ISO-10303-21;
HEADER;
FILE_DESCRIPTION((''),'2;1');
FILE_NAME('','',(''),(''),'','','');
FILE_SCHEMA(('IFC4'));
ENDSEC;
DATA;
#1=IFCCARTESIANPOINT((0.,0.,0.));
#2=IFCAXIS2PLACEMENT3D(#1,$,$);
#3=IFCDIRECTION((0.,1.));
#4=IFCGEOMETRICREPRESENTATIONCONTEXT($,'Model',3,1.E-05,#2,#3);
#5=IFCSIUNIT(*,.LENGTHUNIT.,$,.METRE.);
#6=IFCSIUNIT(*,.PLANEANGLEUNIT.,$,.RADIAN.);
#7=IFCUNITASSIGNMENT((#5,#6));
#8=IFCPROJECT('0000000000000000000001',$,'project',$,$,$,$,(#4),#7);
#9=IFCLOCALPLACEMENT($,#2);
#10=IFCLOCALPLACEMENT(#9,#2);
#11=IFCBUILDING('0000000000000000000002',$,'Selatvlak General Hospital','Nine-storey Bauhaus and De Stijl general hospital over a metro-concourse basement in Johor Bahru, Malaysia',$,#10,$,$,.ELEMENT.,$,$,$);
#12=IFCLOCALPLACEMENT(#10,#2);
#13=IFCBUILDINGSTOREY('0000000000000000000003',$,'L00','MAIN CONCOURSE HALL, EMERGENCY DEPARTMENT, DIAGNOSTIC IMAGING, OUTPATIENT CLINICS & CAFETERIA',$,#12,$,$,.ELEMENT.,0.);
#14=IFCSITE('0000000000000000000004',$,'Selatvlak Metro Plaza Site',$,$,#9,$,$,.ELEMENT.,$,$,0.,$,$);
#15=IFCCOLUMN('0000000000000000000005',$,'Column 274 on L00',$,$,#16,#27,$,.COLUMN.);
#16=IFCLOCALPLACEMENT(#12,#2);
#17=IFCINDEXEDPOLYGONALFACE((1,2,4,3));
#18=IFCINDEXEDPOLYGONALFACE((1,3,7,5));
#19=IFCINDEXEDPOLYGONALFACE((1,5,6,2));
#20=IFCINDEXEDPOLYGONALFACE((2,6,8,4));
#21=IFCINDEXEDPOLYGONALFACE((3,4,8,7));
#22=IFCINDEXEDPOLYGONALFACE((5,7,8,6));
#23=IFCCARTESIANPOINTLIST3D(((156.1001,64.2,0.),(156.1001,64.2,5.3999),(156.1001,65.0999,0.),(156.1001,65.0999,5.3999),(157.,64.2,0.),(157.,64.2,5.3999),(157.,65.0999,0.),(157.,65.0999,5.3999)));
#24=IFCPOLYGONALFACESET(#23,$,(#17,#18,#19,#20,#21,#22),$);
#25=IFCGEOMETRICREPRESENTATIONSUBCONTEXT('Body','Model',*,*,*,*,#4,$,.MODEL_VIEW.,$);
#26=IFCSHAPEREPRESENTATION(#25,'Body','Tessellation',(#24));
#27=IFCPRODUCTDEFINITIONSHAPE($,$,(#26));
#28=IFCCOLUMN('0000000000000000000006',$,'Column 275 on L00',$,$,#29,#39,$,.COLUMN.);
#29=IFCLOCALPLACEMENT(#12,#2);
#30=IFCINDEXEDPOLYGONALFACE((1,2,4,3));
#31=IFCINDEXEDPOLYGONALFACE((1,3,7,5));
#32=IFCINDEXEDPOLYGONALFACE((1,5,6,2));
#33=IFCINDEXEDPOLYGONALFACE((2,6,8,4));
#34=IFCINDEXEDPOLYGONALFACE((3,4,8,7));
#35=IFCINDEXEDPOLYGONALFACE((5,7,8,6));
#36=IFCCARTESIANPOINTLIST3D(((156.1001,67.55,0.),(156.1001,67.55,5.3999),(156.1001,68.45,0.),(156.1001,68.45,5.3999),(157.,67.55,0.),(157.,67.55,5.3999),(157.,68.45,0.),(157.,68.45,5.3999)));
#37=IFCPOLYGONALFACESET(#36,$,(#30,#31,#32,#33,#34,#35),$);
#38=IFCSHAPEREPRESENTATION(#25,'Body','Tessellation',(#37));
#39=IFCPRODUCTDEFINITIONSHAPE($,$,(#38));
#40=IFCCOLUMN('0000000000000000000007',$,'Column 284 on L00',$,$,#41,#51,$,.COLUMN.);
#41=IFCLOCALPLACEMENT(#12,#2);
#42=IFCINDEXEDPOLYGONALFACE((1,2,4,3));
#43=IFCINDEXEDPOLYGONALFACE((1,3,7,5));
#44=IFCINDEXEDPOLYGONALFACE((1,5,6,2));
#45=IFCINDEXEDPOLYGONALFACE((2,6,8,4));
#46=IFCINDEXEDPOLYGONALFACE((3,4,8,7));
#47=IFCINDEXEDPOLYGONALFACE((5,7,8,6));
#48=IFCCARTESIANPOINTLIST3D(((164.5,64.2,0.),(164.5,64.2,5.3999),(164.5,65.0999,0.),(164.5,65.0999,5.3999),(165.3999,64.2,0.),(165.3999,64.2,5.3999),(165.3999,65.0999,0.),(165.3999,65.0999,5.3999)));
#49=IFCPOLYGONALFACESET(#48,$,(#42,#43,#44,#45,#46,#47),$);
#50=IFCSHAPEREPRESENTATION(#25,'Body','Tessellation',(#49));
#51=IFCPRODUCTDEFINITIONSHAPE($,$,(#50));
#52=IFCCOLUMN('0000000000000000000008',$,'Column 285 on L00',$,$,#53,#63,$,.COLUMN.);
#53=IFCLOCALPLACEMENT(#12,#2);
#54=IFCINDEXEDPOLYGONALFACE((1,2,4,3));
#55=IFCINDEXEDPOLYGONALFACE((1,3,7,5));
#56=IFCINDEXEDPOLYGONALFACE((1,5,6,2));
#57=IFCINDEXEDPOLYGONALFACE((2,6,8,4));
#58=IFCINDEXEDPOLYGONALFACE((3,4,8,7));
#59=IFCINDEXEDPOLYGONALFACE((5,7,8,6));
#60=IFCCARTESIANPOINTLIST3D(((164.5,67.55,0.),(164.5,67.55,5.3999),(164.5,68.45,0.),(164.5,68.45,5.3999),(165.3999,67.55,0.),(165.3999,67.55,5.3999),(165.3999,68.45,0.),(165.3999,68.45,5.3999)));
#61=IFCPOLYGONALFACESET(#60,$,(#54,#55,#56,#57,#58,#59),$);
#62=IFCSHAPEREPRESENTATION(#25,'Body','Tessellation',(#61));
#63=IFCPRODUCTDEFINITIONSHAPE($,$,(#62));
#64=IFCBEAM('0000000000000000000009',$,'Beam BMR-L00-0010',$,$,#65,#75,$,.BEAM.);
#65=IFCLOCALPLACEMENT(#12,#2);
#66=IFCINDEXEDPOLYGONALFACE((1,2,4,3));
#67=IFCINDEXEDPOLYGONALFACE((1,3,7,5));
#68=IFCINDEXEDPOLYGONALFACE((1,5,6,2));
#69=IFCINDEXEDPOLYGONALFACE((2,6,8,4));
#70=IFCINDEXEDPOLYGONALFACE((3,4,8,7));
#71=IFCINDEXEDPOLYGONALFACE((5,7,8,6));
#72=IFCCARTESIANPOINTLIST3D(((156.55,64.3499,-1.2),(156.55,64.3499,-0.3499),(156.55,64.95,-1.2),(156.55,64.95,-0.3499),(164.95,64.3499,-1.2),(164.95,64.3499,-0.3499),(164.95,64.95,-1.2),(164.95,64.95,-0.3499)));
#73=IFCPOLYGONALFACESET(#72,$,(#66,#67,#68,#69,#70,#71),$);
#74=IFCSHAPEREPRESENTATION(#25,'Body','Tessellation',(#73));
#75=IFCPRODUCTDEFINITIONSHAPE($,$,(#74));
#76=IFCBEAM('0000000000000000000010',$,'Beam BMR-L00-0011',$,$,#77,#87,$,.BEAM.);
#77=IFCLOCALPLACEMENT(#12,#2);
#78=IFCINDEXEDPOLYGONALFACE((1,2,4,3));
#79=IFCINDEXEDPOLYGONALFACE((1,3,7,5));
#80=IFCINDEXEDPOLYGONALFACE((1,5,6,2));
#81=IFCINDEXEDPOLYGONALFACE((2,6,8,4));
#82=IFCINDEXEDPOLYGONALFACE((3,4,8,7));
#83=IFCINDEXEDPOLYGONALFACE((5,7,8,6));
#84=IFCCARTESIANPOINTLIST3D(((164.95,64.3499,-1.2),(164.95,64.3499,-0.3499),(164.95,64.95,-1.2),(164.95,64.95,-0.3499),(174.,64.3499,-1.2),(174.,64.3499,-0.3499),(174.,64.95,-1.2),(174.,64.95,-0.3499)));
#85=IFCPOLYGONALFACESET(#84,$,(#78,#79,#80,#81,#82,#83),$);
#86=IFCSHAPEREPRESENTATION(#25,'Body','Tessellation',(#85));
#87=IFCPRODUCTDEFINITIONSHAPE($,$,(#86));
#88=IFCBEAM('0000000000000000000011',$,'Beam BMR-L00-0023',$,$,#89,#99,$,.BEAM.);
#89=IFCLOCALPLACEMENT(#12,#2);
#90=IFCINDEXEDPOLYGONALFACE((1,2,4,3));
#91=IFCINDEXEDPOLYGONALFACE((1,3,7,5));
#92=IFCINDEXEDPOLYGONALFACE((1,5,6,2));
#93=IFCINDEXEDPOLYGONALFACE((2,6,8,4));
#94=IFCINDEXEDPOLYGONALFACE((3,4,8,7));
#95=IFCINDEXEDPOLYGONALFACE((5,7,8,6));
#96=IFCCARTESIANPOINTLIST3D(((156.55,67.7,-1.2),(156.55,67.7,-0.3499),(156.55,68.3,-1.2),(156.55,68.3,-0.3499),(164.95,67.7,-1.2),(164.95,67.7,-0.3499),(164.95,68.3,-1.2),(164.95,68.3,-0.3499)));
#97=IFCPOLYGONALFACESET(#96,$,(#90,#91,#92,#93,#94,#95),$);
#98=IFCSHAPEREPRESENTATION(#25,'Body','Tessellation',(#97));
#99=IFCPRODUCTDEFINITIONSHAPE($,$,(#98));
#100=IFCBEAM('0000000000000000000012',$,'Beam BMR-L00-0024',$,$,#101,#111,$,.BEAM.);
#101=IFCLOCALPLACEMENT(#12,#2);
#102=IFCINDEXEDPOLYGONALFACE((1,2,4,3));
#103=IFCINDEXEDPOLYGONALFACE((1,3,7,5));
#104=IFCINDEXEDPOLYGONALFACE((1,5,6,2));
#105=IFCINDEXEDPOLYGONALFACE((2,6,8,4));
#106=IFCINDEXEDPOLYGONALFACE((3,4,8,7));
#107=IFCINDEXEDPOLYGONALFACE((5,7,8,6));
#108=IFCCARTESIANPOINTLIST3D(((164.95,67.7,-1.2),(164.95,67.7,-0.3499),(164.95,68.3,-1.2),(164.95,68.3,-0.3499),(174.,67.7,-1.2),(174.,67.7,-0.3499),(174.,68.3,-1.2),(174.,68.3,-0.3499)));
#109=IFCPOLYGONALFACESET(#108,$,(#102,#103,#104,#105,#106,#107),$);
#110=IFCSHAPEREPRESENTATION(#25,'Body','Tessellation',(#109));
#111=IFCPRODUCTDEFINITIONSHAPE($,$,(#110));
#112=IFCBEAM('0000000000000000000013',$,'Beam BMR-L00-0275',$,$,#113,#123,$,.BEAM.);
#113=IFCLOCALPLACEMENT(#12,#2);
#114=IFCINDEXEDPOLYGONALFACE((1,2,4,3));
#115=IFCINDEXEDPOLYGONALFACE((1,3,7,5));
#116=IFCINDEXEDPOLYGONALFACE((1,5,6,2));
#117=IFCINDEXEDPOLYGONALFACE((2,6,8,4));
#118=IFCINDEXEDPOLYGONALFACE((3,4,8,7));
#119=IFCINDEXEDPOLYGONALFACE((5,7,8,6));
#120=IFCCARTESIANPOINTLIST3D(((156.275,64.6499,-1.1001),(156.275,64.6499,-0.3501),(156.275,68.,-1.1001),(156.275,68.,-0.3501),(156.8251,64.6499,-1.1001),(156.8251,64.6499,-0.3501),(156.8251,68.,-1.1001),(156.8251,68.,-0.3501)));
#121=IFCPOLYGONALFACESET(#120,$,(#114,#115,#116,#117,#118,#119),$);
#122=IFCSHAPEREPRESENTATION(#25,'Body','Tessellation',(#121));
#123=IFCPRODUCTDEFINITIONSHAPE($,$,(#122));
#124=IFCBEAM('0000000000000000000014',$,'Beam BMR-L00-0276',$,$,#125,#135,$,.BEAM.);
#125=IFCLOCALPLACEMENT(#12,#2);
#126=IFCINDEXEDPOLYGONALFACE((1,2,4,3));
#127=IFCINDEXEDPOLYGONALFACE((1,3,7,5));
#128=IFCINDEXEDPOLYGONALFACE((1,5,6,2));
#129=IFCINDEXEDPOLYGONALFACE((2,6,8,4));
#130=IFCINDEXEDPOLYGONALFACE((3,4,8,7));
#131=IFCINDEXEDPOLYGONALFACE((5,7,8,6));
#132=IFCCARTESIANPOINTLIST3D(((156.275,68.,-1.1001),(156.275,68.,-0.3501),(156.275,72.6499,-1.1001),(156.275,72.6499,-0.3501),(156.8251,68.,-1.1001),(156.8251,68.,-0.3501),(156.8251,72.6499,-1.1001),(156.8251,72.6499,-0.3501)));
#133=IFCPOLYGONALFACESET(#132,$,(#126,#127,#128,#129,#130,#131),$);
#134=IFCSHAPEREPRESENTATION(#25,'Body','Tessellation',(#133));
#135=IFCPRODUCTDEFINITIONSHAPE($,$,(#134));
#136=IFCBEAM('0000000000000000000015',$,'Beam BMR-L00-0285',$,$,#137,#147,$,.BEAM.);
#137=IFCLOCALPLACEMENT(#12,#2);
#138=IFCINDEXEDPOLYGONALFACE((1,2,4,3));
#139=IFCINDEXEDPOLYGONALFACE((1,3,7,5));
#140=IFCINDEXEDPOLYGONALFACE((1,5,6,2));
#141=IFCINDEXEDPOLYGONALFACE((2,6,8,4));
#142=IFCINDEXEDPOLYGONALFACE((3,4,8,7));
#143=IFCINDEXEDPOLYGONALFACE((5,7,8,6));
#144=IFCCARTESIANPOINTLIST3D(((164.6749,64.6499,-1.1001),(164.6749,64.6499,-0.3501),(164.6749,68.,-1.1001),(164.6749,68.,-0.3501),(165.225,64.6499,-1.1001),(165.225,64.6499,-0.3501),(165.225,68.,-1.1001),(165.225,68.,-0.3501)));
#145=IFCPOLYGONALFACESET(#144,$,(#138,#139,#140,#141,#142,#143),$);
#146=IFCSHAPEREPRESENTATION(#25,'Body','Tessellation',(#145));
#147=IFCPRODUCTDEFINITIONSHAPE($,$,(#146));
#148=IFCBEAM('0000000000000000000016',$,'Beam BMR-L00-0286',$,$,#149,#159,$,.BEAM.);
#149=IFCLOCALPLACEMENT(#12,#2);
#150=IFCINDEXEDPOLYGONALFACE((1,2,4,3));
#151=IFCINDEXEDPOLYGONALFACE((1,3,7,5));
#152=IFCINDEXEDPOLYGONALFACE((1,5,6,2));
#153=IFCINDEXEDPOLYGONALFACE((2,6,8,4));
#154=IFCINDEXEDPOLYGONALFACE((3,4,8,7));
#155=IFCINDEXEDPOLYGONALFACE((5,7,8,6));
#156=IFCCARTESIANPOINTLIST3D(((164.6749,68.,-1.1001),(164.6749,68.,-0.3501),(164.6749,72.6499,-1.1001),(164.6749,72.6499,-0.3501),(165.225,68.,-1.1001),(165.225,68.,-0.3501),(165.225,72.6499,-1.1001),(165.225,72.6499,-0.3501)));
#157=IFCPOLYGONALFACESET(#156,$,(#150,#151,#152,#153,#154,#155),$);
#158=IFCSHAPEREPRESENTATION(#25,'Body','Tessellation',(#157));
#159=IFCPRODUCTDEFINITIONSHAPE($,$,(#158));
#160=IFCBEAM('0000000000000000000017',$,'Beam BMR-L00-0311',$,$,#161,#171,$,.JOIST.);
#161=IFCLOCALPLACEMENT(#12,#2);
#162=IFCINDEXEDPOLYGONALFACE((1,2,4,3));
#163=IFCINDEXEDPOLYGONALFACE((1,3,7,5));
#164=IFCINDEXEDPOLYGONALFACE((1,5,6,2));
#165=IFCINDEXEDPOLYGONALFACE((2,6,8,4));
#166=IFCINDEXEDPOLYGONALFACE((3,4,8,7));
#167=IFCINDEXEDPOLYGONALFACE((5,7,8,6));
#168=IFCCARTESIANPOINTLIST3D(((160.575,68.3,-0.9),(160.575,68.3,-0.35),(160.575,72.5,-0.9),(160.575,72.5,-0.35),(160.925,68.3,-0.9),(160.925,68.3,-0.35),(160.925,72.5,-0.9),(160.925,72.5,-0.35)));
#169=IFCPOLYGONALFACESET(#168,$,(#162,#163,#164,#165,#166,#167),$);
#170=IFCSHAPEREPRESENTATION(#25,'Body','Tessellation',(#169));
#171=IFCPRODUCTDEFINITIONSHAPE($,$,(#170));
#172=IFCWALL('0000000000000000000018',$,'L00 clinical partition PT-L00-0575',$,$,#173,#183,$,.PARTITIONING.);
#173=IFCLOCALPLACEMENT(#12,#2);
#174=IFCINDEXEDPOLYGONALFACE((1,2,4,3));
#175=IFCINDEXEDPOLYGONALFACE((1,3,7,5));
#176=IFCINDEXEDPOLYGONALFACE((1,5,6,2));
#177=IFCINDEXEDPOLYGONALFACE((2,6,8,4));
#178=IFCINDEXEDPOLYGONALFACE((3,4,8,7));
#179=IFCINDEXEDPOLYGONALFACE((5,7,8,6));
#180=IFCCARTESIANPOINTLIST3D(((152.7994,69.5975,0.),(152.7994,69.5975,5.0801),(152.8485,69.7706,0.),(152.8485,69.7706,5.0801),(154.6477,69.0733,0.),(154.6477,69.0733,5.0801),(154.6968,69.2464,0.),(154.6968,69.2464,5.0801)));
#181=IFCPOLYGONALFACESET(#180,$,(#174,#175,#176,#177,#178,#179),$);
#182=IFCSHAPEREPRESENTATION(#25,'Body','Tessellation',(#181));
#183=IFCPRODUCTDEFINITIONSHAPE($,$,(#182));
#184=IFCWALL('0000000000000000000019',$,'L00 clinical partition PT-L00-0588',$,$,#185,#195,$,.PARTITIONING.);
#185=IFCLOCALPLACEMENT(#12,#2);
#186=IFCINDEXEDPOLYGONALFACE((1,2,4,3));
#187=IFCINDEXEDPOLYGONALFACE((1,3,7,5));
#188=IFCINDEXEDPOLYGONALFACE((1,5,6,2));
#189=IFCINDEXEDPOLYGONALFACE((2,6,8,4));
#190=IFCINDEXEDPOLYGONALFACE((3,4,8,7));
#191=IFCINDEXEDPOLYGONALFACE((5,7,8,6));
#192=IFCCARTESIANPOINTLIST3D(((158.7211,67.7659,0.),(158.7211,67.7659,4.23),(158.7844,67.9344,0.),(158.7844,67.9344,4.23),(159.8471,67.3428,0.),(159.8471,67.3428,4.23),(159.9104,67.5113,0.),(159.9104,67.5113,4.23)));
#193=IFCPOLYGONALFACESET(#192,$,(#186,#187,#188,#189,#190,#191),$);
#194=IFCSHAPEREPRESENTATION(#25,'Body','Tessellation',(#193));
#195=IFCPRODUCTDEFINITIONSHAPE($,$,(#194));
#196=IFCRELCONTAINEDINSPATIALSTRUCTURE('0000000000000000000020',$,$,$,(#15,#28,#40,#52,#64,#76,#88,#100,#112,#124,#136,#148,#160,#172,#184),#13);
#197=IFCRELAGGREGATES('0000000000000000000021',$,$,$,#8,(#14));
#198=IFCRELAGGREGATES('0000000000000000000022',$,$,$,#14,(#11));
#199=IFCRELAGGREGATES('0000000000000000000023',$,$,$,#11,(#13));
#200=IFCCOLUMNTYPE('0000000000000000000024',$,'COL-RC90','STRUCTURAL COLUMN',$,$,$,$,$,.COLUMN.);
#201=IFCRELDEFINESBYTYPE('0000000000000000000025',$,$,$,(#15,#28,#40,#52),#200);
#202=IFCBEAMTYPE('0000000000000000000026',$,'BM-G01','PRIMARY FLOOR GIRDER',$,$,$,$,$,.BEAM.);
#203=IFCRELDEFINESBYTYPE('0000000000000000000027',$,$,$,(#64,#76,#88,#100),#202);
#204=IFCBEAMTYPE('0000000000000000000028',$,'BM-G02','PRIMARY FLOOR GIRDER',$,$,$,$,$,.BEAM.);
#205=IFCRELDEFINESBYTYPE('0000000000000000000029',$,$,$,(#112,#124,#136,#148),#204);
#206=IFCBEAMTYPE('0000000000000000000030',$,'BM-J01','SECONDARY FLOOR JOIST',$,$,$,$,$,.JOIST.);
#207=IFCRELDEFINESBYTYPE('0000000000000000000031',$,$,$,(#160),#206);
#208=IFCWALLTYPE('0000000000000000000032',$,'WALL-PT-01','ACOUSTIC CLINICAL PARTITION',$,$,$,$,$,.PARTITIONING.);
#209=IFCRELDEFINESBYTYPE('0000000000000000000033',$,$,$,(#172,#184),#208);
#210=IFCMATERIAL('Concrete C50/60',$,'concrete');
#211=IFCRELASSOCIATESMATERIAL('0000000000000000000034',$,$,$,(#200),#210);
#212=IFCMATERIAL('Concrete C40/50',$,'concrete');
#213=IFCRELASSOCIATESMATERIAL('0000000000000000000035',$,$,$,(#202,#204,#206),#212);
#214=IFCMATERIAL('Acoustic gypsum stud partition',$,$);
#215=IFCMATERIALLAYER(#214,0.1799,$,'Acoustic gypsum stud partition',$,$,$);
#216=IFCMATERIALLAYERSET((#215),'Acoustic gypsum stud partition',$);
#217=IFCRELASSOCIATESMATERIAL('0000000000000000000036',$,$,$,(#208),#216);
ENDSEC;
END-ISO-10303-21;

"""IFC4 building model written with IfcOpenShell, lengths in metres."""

from ifc_helpers import new_model, si_unit, direction, frame, frame_2d, origin, origin_2d, place, context, subcontext, project, spatial, rectangle, extrude, material, layer, layer_set, material_profile, profile_set, type_object, element, save


model = new_model("IFC4")

# Units and contexts
model_context = context("Model", 3, precision=1e-05, world=origin(), true_north=direction((0.0, 1.0)))
body_context = subcontext(model_context, "Body", "Model", "MODEL_VIEW")
ifc_project = project(units=[si_unit("LENGTHUNIT", "METRE"), si_unit("PLANEANGLEUNIT", "RADIAN")], contexts=[model_context])

# Site, building, storey
site_placement = place(None, origin())
site = spatial("IfcSite", under=ifc_project, at=site_placement, Name="Selatvlak Metro Plaza Site", CompositionType="ELEMENT", RefElevation=0.0)
building_placement = place(site_placement, origin())
building = spatial("IfcBuilding", under=site, at=building_placement, Name="Selatvlak General Hospital", Description="Nine-storey Bauhaus and De Stijl general hospital over a metro-concourse basement in Johor Bahru, Malaysia", CompositionType="ELEMENT")
storey_placement = place(building_placement, origin())
storey = spatial("IfcBuildingStorey", under=building, at=storey_placement, Name="L00", Description="MAIN CONCOURSE HALL, EMERGENCY DEPARTMENT, DIAGNOSTIC IMAGING, OUTPATIENT CLINICS & CAFETERIA", CompositionType="ELEMENT", Elevation=0.0)

# Columns
ifc_material_1 = material(Name="Concrete C50/60", Category="concrete")
ifc_material_profile_1 = material_profile(ifc_material_1, rectangle(XDim=0.8999, YDim=0.8999, at=origin_2d()), Name="RC-COL 900x900")
ifc_profile_set_1 = profile_set([ifc_material_profile_1], Name="Concrete C50/60")
column_type = type_object("IfcColumnType", Name="COL-RC90", Description="STRUCTURAL COLUMN", PredefinedType="COLUMN", material=ifc_profile_set_1)
for number, where, z_axis, x_axis, name in (
    (1, (156.55, 64.6499, 0.0), (0.0, 0.0, 1.0), (1.0, 0.0, 0.0), "Column 274 on L00"),
    (2, (156.55, 68.0, 0.0), (0.0, 0.0, 1.0), (1.0, 0.0, 0.0), "Column 275 on L00"),
    (3, (164.95, 64.6499, 0.0), (0.0, 0.0, 1.0), (1.0, 0.0, 0.0), "Column 284 on L00"),
    (4, (164.95, 68.0, 0.0), (0.0, 0.0, 1.0), (1.0, 0.0, 0.0), "Column 285 on L00"),
):
    element("IfcColumn", number, at=place(storey_placement, frame(where, z_axis=z_axis, x_axis=x_axis)), inside=storey, type_object=column_type, Name=name, PredefinedType="COLUMN", context=body_context, shape_type="SweptSolid", body=[
        extrude(rectangle(XDim=0.8999, YDim=0.8999, at=origin_2d()), origin(), (0.0, 0.0, 1.0), 5.3999),
    ])

# Beams
ifc_material_2 = material(Name="Concrete C40/50", Category="concrete")
ifc_material_profile_2 = material_profile(ifc_material_2, rectangle(XDim=0.6001, YDim=0.8501, at=origin_2d()), Name="RC-BM 600x850")
ifc_profile_set_2 = profile_set([ifc_material_profile_2], Name="Concrete C40/50")
beam_type_1 = type_object("IfcBeamType", Name="BM-G01", Description="PRIMARY FLOOR GIRDER", PredefinedType="BEAM", material=ifc_profile_set_2)
beam_1_placement = place(storey_placement, frame((156.55, 64.6499, -0.7749), z_axis=(1.0, 0.0, 0.0), x_axis=(0.0, 1.0, 0.0)))
element("IfcBeam", 5, at=beam_1_placement, inside=storey, type_object=beam_type_1, Name="Beam BMR-L00-0010", PredefinedType="BEAM", context=body_context, shape_type="SweptSolid", body=[
    extrude(rectangle(XDim=0.6001, YDim=0.8501, at=origin_2d()), origin(), (0.0, 0.0, 1.0), 8.3999),
])
beam_2_placement = place(storey_placement, frame((164.95, 64.6499, -0.7749), z_axis=(1.0, 0.0, 0.0), x_axis=(0.0, 1.0, 0.0)))
element("IfcBeam", 6, at=beam_2_placement, inside=storey, type_object=beam_type_1, Name="Beam BMR-L00-0011", PredefinedType="BEAM", context=body_context, shape_type="SweptSolid", body=[
    extrude(rectangle(XDim=0.6001, YDim=0.8501, at=origin_2d()), origin(), (0.0, 0.0, 1.0), 9.05),
])
beam_3_placement = place(storey_placement, frame((156.55, 68.0, -0.7749), z_axis=(1.0, 0.0, 0.0), x_axis=(0.0, 1.0, 0.0)))
element("IfcBeam", 7, at=beam_3_placement, inside=storey, type_object=beam_type_1, Name="Beam BMR-L00-0023", PredefinedType="BEAM", context=body_context, shape_type="SweptSolid", body=[
    extrude(rectangle(XDim=0.6001, YDim=0.8501, at=origin_2d()), origin(), (0.0, 0.0, 1.0), 8.3999),
])
beam_4_placement = place(storey_placement, frame((164.95, 68.0, -0.7749), z_axis=(1.0, 0.0, 0.0), x_axis=(0.0, 1.0, 0.0)))
element("IfcBeam", 8, at=beam_4_placement, inside=storey, type_object=beam_type_1, Name="Beam BMR-L00-0024", PredefinedType="BEAM", context=body_context, shape_type="SweptSolid", body=[
    extrude(rectangle(XDim=0.6001, YDim=0.8501, at=origin_2d()), origin(), (0.0, 0.0, 1.0), 9.05),
])
ifc_material_profile_3 = material_profile(ifc_material_2, rectangle(XDim=0.55, YDim=0.75, at=origin_2d()), Name="RC-BM 550x750")
ifc_profile_set_3 = profile_set([ifc_material_profile_3], Name="Concrete C40/50")
beam_type_2 = type_object("IfcBeamType", Name="BM-G02", Description="PRIMARY FLOOR GIRDER", PredefinedType="BEAM", material=ifc_profile_set_3)
beam_5_placement = place(storey_placement, frame((156.55, 64.6499, -0.7251), z_axis=(0.0, 1.0, 0.0), x_axis=(-1.0, 0.0, 0.0)))
element("IfcBeam", 9, at=beam_5_placement, inside=storey, type_object=beam_type_2, Name="Beam BMR-L00-0275", PredefinedType="BEAM", context=body_context, shape_type="SweptSolid", body=[
    extrude(rectangle(XDim=0.55, YDim=0.75, at=origin_2d()), origin(), (0.0, 0.0, 1.0), 3.3501),
])
beam_6_placement = place(storey_placement, frame((156.55, 68.0, -0.7251), z_axis=(0.0, 1.0, 0.0), x_axis=(-1.0, 0.0, 0.0)))
element("IfcBeam", 10, at=beam_6_placement, inside=storey, type_object=beam_type_2, Name="Beam BMR-L00-0276", PredefinedType="BEAM", context=body_context, shape_type="SweptSolid", body=[
    extrude(rectangle(XDim=0.55, YDim=0.75, at=origin_2d()), origin(), (0.0, 0.0, 1.0), 4.6499),
])
beam_7_placement = place(storey_placement, frame((164.95, 64.6499, -0.7251), z_axis=(0.0, 1.0, 0.0), x_axis=(-1.0, 0.0, 0.0)))
element("IfcBeam", 11, at=beam_7_placement, inside=storey, type_object=beam_type_2, Name="Beam BMR-L00-0285", PredefinedType="BEAM", context=body_context, shape_type="SweptSolid", body=[
    extrude(rectangle(XDim=0.55, YDim=0.75, at=origin_2d()), origin(), (0.0, 0.0, 1.0), 3.3501),
])
beam_8_placement = place(storey_placement, frame((164.95, 68.0, -0.7251), z_axis=(0.0, 1.0, 0.0), x_axis=(-1.0, 0.0, 0.0)))
element("IfcBeam", 12, at=beam_8_placement, inside=storey, type_object=beam_type_2, Name="Beam BMR-L00-0286", PredefinedType="BEAM", context=body_context, shape_type="SweptSolid", body=[
    extrude(rectangle(XDim=0.55, YDim=0.75, at=origin_2d()), origin(), (0.0, 0.0, 1.0), 4.6499),
])
ifc_material_profile_4 = material_profile(ifc_material_2, rectangle(XDim=0.3501, YDim=0.55, at=origin_2d()), Name="RC-BM 350x550")
ifc_profile_set_4 = profile_set([ifc_material_profile_4], Name="Concrete C40/50")
beam_type_3 = type_object("IfcBeamType", Name="BM-J01", Description="SECONDARY FLOOR JOIST", PredefinedType="JOIST", material=ifc_profile_set_4)
beam_9_placement = place(storey_placement, frame((160.75, 68.3, -0.625), z_axis=(0.0, 1.0, 0.0), x_axis=(-1.0, 0.0, 0.0)))
element("IfcBeam", 13, at=beam_9_placement, inside=storey, type_object=beam_type_3, Name="Beam BMR-L00-0311", PredefinedType="JOIST", context=body_context, shape_type="SweptSolid", body=[
    extrude(rectangle(XDim=0.3501, YDim=0.55, at=origin_2d()), origin(), (0.0, 0.0, 1.0), 4.2),
])

# Walls
ifc_material_3 = material(Name="Acoustic gypsum stud partition")
ifc_layer_1 = layer(ifc_material_3, 0.1799, Name="Acoustic gypsum stud partition")
ifc_layer_set_1 = layer_set([ifc_layer_1], Name="Acoustic gypsum stud partition")
wall_type_1 = type_object("IfcWallType", Name="WALL-PT-01", Description="ACOUSTIC CLINICAL PARTITION", PredefinedType="PARTITIONING", material=ifc_layer_set_1)
wall_1_placement = place(storey_placement, frame((154.6721, 69.1599, 0.0), z_axis=(0.0, 0.0, 1.0), x_axis=(-0.962054, 0.272857, 0.0)))
element("IfcWall", 14, at=wall_1_placement, inside=storey, type_object=wall_type_1, Name="L00 clinical partition PT-L00-0575", PredefinedType="PARTITIONING", context=body_context, shape_type="SweptSolid", body=[
    extrude(rectangle(XDim=1.9211, YDim=0.1799, at=frame_2d((0.9604, 0.0))), origin(), (0.0, 0.0, 1.0), 5.0801),
])
wall_2_placement = place(storey_placement, frame((159.8789, 67.427, 0.0), z_axis=(0.0, 0.0, 1.0), x_axis=(-0.936095, 0.351746, 0.0)))
element("IfcWall", 15, at=wall_2_placement, inside=storey, type_object=wall_type_1, Name="L00 clinical partition PT-L00-0588", PredefinedType="PARTITIONING", context=body_context, shape_type="SweptSolid", body=[
    extrude(rectangle(XDim=1.2029, YDim=0.1799, at=frame_2d((0.6016, 0.0))), origin(), (0.0, 0.0, 1.0), 4.23),
])

save(model, "model.ifc")
